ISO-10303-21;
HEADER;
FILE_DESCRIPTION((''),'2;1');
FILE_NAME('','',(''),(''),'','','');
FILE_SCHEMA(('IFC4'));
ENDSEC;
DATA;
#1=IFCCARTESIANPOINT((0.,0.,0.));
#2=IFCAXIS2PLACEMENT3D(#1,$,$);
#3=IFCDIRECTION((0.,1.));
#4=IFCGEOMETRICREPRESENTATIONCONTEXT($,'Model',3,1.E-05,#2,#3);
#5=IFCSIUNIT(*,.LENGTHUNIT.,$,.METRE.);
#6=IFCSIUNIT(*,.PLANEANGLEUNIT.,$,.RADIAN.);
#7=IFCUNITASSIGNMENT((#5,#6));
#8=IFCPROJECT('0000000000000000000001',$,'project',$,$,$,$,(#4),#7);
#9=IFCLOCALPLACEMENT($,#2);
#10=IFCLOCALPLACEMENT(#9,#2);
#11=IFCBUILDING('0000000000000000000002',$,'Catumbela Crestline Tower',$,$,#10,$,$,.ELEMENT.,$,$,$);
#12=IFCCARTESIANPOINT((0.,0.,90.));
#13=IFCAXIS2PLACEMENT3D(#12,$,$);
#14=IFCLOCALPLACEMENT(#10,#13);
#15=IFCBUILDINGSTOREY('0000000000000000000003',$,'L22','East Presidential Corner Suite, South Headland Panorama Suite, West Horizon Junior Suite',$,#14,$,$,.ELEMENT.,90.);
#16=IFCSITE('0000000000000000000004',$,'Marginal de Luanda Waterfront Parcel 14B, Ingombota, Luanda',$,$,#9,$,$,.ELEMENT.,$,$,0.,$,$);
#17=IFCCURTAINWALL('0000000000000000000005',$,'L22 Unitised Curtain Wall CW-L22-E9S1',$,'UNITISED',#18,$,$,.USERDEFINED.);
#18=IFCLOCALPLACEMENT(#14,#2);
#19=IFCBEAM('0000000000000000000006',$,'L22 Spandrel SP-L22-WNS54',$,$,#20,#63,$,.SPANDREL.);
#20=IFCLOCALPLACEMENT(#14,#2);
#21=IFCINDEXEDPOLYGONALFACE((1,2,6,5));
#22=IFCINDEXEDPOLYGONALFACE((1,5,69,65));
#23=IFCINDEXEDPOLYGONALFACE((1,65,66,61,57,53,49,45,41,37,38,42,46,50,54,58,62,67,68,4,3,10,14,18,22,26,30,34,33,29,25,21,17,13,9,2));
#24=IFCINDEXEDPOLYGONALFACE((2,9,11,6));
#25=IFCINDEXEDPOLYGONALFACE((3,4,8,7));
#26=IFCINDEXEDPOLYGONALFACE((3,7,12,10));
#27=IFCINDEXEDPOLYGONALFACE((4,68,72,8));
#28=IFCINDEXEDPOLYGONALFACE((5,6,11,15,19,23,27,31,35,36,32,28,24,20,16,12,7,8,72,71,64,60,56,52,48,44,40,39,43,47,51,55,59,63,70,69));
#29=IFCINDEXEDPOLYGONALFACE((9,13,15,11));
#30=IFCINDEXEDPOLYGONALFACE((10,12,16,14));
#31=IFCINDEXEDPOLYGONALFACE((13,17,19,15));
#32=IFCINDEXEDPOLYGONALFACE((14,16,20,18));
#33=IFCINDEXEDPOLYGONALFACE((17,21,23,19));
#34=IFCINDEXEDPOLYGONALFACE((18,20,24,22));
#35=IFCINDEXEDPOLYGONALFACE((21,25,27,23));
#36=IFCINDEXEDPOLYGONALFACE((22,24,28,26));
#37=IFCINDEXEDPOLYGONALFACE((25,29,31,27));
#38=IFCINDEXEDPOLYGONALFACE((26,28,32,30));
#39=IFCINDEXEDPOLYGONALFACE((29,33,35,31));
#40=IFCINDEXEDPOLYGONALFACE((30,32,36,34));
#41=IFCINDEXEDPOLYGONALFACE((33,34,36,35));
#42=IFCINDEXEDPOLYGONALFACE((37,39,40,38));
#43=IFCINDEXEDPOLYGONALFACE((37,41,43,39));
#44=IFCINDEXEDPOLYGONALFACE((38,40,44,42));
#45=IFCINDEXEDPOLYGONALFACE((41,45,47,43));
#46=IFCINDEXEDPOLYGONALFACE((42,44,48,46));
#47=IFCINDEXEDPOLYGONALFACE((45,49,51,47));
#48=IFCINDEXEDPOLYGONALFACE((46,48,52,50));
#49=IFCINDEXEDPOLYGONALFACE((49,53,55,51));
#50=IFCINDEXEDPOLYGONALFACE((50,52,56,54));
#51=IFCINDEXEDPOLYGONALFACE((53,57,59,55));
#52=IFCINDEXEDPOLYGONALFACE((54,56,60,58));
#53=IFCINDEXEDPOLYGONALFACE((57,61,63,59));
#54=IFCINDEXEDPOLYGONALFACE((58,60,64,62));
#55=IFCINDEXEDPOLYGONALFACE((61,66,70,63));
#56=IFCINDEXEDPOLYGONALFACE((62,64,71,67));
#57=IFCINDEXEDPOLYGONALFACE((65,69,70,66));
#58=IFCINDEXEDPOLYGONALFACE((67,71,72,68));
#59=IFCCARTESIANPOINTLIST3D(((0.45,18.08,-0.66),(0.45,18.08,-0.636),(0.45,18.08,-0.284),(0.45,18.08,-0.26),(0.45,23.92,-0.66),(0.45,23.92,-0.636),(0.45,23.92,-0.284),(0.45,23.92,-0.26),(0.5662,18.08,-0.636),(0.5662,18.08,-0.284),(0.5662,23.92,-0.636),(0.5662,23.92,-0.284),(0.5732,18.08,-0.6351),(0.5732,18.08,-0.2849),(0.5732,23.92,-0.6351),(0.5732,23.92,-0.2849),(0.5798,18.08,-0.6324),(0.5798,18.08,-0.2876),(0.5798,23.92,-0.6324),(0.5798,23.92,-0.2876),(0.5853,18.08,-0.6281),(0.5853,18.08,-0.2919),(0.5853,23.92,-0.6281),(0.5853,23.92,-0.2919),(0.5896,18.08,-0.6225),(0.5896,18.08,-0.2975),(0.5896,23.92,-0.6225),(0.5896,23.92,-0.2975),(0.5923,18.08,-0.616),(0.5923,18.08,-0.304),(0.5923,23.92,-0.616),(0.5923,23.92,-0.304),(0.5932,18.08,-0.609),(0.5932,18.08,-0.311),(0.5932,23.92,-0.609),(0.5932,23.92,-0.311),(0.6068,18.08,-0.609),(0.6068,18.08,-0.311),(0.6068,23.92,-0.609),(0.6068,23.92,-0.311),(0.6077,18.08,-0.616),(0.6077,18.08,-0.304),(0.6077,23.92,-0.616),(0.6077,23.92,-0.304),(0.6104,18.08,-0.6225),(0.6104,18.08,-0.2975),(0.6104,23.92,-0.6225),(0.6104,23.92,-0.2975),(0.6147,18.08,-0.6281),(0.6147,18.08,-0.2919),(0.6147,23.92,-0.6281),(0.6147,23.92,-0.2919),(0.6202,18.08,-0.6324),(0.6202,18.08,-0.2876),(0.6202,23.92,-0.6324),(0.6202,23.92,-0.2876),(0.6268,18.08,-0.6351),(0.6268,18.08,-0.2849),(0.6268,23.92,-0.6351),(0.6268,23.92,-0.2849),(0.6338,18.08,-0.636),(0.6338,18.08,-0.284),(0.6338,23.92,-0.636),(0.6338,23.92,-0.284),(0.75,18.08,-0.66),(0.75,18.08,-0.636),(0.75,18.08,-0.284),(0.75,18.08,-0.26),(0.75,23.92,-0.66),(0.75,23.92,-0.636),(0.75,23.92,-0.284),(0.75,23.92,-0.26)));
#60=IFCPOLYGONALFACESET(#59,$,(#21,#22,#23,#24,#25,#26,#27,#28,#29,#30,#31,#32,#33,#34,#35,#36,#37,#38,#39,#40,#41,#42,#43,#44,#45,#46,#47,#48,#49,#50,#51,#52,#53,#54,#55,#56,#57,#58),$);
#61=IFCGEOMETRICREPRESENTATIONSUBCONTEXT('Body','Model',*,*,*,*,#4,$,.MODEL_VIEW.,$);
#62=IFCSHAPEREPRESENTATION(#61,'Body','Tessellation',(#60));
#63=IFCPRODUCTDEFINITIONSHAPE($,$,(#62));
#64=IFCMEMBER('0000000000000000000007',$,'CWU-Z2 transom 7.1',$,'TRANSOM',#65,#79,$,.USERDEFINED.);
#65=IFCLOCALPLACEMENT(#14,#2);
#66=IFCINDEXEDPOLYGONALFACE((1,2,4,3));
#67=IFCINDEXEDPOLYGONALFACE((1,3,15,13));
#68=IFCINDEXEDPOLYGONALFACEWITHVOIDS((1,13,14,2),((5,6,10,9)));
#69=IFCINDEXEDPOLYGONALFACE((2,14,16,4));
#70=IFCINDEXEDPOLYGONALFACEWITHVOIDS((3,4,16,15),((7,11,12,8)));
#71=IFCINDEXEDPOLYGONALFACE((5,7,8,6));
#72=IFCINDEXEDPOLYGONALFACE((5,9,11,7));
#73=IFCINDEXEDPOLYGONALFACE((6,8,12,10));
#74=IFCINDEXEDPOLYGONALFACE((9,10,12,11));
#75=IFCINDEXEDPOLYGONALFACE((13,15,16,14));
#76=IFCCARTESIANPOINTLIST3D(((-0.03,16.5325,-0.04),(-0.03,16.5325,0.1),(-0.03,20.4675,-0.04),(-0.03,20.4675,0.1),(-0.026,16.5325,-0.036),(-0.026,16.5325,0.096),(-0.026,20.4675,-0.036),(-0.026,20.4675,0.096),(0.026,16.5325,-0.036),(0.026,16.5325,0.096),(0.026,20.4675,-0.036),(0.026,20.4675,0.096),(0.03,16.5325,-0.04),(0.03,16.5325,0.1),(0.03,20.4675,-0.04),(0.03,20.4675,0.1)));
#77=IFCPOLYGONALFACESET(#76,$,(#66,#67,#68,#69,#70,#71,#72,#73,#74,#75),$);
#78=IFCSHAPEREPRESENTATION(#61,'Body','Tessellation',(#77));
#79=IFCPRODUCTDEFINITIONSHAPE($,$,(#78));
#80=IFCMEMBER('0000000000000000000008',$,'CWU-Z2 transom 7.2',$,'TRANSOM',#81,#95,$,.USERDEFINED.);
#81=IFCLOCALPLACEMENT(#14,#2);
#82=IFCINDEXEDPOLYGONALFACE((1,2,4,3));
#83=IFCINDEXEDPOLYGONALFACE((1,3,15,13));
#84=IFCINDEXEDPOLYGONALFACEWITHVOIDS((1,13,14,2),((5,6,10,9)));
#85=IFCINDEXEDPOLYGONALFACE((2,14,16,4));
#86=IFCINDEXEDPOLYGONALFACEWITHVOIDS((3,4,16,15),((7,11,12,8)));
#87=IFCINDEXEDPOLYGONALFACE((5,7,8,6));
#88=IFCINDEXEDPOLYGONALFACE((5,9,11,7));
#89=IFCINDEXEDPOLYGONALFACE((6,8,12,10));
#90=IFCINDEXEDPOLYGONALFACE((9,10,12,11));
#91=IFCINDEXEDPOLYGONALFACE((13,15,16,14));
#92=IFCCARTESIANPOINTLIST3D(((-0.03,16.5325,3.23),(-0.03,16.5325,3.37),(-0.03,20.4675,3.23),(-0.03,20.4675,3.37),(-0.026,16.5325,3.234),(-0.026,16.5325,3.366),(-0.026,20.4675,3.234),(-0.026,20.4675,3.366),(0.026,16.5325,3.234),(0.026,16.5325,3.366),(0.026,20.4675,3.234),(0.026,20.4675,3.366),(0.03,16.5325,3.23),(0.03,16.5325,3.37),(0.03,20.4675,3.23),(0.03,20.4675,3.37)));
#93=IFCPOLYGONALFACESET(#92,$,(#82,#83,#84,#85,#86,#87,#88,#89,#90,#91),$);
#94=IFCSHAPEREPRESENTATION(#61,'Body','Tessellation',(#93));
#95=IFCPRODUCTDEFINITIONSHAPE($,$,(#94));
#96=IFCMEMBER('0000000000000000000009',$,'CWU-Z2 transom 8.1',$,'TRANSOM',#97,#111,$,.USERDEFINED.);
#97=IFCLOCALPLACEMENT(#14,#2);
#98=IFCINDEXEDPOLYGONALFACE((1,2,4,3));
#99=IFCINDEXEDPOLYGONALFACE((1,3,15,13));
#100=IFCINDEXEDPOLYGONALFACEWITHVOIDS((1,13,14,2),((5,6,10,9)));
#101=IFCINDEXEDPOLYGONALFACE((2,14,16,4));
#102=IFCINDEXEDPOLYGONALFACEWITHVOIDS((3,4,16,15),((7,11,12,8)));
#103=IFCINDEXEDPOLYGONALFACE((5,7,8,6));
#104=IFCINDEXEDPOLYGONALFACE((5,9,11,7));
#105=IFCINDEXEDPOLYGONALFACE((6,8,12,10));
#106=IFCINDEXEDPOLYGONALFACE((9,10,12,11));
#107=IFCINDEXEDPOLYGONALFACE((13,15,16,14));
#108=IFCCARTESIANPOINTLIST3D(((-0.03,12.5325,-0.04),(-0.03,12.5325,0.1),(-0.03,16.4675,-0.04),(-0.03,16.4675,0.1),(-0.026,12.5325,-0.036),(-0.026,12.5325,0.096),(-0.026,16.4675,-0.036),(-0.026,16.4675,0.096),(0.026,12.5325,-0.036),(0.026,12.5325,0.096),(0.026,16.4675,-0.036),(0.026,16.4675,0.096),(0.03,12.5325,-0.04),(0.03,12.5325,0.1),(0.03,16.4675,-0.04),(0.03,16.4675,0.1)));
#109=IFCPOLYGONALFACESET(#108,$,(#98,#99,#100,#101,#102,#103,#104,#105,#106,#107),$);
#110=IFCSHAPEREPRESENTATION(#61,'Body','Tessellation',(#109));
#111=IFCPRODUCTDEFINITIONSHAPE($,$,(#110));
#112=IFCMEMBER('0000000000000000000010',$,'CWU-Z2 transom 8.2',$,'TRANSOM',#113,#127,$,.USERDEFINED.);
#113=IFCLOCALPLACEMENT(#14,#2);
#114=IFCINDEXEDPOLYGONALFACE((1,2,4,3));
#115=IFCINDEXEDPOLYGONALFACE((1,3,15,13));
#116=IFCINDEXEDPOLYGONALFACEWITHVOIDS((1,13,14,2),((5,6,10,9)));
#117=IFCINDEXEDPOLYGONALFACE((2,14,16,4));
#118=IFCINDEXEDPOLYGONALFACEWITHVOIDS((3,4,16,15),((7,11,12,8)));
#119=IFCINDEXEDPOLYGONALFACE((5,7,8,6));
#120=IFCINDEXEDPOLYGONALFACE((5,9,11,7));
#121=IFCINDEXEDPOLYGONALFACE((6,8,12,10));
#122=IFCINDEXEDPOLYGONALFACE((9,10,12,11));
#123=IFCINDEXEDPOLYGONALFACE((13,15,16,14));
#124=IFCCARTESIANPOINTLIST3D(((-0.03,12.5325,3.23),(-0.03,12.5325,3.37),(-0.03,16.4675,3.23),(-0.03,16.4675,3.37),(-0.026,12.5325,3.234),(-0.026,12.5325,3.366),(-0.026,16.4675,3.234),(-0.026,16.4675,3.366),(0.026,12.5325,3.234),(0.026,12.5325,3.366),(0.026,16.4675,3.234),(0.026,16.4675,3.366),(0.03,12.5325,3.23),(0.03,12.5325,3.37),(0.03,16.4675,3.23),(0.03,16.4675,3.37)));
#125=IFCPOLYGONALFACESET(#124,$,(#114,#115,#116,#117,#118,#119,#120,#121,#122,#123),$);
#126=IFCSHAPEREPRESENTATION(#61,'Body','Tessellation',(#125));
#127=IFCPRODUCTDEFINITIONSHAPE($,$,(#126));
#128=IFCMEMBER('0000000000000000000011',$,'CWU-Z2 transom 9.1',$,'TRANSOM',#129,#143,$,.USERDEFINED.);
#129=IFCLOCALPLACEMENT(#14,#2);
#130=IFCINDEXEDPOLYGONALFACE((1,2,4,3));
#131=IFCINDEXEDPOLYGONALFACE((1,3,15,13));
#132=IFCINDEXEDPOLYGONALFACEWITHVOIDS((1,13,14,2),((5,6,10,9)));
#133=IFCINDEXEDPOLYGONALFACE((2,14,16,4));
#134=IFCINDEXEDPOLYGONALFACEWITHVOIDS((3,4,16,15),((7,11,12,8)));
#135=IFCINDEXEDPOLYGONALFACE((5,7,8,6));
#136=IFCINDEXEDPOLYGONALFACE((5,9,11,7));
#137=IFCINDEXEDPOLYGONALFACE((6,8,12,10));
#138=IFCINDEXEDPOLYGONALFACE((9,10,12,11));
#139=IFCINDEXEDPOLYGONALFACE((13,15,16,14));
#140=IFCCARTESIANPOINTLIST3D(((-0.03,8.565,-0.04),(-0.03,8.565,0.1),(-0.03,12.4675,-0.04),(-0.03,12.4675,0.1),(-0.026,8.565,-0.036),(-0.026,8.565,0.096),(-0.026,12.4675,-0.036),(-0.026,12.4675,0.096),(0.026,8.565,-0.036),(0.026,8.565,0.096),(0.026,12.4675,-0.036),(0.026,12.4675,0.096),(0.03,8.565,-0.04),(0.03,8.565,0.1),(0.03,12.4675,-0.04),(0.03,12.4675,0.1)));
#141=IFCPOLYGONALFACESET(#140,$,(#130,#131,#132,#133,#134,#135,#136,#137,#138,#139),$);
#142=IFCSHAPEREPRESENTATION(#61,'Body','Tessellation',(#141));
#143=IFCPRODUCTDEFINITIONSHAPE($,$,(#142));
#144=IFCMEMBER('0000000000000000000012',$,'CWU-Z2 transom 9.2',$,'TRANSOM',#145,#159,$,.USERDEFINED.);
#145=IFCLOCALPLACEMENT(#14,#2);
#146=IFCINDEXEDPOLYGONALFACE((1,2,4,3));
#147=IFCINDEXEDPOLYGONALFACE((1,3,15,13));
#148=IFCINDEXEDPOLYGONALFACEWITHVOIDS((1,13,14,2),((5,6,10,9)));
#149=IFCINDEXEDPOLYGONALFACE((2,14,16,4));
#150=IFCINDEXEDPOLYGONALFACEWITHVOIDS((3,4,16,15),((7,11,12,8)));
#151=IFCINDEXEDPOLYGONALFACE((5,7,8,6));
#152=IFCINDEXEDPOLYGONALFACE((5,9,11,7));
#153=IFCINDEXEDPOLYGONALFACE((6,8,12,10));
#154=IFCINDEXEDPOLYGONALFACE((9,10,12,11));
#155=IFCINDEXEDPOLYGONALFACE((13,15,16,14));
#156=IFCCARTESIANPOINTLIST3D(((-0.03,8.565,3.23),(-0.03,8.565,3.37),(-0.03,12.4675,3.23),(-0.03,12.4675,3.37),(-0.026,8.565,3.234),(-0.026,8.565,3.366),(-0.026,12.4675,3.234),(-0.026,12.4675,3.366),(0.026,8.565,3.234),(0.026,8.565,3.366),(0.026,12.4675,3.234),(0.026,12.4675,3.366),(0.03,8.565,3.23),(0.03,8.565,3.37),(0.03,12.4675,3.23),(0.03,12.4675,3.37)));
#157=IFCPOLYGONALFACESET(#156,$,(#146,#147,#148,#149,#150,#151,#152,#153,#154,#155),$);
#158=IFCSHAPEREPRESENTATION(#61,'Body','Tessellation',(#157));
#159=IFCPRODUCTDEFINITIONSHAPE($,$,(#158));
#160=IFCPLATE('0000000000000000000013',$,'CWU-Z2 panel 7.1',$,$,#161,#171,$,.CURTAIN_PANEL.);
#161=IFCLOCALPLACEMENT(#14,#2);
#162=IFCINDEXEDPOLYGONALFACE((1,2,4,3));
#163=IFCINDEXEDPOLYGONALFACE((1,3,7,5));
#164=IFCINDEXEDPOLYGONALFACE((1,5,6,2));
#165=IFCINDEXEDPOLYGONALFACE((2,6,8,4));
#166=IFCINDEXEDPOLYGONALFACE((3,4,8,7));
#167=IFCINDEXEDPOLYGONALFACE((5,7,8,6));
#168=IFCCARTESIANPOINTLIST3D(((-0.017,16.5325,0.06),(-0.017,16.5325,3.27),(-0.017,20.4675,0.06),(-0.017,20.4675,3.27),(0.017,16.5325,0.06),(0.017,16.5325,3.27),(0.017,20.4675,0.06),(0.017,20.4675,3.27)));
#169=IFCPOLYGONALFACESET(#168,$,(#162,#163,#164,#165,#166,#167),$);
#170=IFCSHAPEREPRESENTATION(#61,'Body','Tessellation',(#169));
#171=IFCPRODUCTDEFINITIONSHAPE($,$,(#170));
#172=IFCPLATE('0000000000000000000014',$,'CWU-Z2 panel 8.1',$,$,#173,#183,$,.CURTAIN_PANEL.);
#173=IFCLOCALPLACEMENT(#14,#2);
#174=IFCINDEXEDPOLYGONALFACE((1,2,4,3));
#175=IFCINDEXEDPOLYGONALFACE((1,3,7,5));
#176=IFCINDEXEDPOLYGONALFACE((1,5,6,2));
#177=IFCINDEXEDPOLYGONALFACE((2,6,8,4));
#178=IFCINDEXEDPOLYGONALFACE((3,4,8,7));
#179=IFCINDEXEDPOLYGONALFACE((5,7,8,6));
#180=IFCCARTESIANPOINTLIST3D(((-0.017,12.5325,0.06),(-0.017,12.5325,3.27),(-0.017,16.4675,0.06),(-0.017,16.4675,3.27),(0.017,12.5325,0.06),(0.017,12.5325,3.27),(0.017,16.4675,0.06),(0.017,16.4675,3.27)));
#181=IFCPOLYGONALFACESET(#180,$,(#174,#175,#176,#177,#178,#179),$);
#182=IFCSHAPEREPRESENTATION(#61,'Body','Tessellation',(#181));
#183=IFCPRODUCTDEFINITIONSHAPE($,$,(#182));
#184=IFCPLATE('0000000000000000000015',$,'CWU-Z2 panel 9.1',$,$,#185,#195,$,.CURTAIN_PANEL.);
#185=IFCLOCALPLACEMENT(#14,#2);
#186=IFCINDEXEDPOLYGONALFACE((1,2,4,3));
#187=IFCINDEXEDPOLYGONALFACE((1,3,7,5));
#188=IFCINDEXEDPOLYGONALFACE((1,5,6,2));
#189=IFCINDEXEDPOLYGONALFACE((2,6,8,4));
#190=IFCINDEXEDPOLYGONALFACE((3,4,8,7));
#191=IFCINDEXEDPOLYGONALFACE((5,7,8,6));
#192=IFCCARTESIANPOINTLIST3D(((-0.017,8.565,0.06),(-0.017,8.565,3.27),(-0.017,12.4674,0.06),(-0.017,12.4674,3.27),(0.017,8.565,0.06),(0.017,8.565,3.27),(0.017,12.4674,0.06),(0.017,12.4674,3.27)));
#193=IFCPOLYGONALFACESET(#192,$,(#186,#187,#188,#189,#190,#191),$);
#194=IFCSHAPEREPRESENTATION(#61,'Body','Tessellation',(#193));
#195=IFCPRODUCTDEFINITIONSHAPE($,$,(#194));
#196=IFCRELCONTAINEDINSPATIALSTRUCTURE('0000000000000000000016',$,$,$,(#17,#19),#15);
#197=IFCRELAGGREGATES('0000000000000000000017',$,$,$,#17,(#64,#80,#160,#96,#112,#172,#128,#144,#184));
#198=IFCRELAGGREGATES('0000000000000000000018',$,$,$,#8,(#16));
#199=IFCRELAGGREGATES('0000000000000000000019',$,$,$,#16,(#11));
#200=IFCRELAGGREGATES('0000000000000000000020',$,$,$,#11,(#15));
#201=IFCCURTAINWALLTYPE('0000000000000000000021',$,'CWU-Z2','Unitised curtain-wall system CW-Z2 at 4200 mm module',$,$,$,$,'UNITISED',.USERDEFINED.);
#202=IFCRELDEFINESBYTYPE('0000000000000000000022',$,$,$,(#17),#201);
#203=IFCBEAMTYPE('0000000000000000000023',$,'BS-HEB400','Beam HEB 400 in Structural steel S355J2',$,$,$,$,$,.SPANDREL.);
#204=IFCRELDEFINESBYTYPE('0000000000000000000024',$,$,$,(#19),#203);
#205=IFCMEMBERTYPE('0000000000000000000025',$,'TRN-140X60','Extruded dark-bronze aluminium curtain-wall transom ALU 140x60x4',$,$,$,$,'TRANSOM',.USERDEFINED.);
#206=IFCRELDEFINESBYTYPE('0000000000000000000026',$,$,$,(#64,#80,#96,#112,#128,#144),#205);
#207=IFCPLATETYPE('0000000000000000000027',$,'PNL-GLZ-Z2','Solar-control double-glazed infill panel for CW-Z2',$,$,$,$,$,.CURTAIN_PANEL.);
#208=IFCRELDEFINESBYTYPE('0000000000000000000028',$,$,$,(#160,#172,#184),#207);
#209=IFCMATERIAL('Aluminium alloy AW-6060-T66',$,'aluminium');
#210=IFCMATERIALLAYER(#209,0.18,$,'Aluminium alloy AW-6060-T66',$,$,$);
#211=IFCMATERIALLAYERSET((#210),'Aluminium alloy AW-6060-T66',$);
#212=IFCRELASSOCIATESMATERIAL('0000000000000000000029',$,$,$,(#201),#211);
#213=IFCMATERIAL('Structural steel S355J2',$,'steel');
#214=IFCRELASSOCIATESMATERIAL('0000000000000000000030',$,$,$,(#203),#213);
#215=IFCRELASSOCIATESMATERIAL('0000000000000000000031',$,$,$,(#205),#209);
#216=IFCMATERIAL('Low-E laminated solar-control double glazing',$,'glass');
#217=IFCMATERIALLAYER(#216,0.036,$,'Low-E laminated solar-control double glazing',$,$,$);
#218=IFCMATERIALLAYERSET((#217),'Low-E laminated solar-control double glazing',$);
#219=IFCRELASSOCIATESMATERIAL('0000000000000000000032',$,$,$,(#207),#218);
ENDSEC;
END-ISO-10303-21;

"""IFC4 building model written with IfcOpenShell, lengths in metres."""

from ifc_helpers import new_model, si_unit, direction, frame, origin, origin_2d, place, context, subcontext, project, spatial, rectangle, hollow_rectangle, i_section, extrude, material, layer, layer_set, material_profile, profile_set, type_object, element, aggregate, save


model = new_model("IFC4")

# Units and contexts
model_context = context("Model", 3, precision=1e-05, world=origin(), true_north=direction((0.0, 1.0)))
body_context = subcontext(model_context, "Body", "Model", "MODEL_VIEW")
ifc_project = project(units=[si_unit("LENGTHUNIT", "METRE"), si_unit("PLANEANGLEUNIT", "RADIAN")], contexts=[model_context])

# Site, building, storey
site_placement = place(None, origin())
site = spatial("IfcSite", under=ifc_project, at=site_placement, Name="Marginal de Luanda Waterfront Parcel 14B, Ingombota, Luanda", CompositionType="ELEMENT", RefElevation=0.0)
building_placement = place(site_placement, origin())
building = spatial("IfcBuilding", under=site, at=building_placement, Name="Catumbela Crestline Tower", CompositionType="ELEMENT")
storey_placement = place(building_placement, frame((0.0, 0.0, 90.0)))
storey = spatial("IfcBuildingStorey", under=building, at=storey_placement, Name="L22", Description="East Presidential Corner Suite, South Headland Panorama Suite, West Horizon Junior Suite", CompositionType="ELEMENT", Elevation=90.0)

# Shared definitions
ifc_material_1 = material(Name="Structural steel S355J2", Category="steel")

# Curtain wall
ifc_material_2 = material(Name="Aluminium alloy AW-6060-T66", Category="aluminium")
ifc_layer_1 = layer(ifc_material_2, 0.18, Name="Aluminium alloy AW-6060-T66")
ifc_layer_set_1 = layer_set([ifc_layer_1], Name="Aluminium alloy AW-6060-T66")
curtain_wall_type = type_object("IfcCurtainWallType", Name="CWU-Z2", Description="Unitised curtain-wall system CW-Z2 at 4200 mm module", ElementType="UNITISED", PredefinedType="USERDEFINED", material=ifc_layer_set_1)
curtain_wall_placement = place(storey_placement, origin())
curtain_wall = element("IfcCurtainWall", 1, at=curtain_wall_placement, inside=storey, type_object=curtain_wall_type, Name="L22 Unitised Curtain Wall CW-L22-E9S1", ObjectType="UNITISED", PredefinedType="USERDEFINED")

# Beam
ifc_material_profile_1 = material_profile(ifc_material_1, i_section(OverallWidth=0.3, OverallDepth=0.4, WebThickness=0.0135, FlangeThickness=0.024, FilletRadius=0.027, at=origin_2d()), Name="HEB 400")
ifc_profile_set_1 = profile_set([ifc_material_profile_1], Name="Structural steel S355J2")
beam_type_1 = type_object("IfcBeamType", Name="BS-HEB400", Description="Beam HEB 400 in Structural steel S355J2", PredefinedType="SPANDREL", material=ifc_profile_set_1)
beam_1_placement = place(storey_placement, frame((0.6, 18.08, -0.46), z_axis=(0.0, 1.0, 0.0), x_axis=(-1.0, 0.0, 0.0)))
element("IfcBeam", 2, at=beam_1_placement, inside=storey, type_object=beam_type_1, Name="L22 Spandrel SP-L22-WNS54", PredefinedType="SPANDREL", context=body_context, shape_type="SweptSolid", body=[
    extrude(i_section(OverallWidth=0.3, OverallDepth=0.4, WebThickness=0.0135, FlangeThickness=0.024, FilletRadius=0.027, at=origin_2d()), origin(), (0.0, 0.0, 1.0), 5.84),
])

# Members
ifc_material_profile_2 = material_profile(ifc_material_2, hollow_rectangle(XDim=0.06, YDim=0.14, WallThickness=0.004, at=origin_2d()), Name="ALU 140x60x4")
ifc_profile_set_2 = profile_set([ifc_material_profile_2], Name="Aluminium alloy AW-6060-T66")
member_type_1 = type_object("IfcMemberType", Name="TRN-140X60", Description="Extruded dark-bronze aluminium curtain-wall transom ALU 140x60x4", ElementType="TRANSOM", PredefinedType="USERDEFINED", material=ifc_profile_set_2)
member_1_placement = place(storey_placement, frame((0.0, 20.4675, 0.03), z_axis=(0.0, -1.0, 0.0), x_axis=(1.0, 0.0, 0.0)))
member_1 = element("IfcMember", 3, at=member_1_placement, type_object=member_type_1, Name="CWU-Z2 transom 7.1", ObjectType="TRANSOM", PredefinedType="USERDEFINED", context=body_context, shape_type="SweptSolid", body=[
    extrude(hollow_rectangle(XDim=0.06, YDim=0.14, WallThickness=0.004, at=origin_2d()), origin(), (0.0, 0.0, 1.0), 3.935),
])
member_2_placement = place(storey_placement, frame((0.0, 20.4675, 3.3), z_axis=(0.0, -1.0, 0.0), x_axis=(1.0, 0.0, 0.0)))
member_2 = element("IfcMember", 4, at=member_2_placement, type_object=member_type_1, Name="CWU-Z2 transom 7.2", ObjectType="TRANSOM", PredefinedType="USERDEFINED", context=body_context, shape_type="SweptSolid", body=[
    extrude(hollow_rectangle(XDim=0.06, YDim=0.14, WallThickness=0.004, at=origin_2d()), origin(), (0.0, 0.0, 1.0), 3.935),
])
member_3_placement = place(storey_placement, frame((0.0, 16.4675, 0.03), z_axis=(0.0, -1.0, 0.0), x_axis=(1.0, 0.0, 0.0)))
member_3 = element("IfcMember", 5, at=member_3_placement, type_object=member_type_1, Name="CWU-Z2 transom 8.1", ObjectType="TRANSOM", PredefinedType="USERDEFINED", context=body_context, shape_type="SweptSolid", body=[
    extrude(hollow_rectangle(XDim=0.06, YDim=0.14, WallThickness=0.004, at=origin_2d()), origin(), (0.0, 0.0, 1.0), 3.935),
])
member_4_placement = place(storey_placement, frame((0.0, 16.4675, 3.3), z_axis=(0.0, -1.0, 0.0), x_axis=(1.0, 0.0, 0.0)))
member_4 = element("IfcMember", 6, at=member_4_placement, type_object=member_type_1, Name="CWU-Z2 transom 8.2", ObjectType="TRANSOM", PredefinedType="USERDEFINED", context=body_context, shape_type="SweptSolid", body=[
    extrude(hollow_rectangle(XDim=0.06, YDim=0.14, WallThickness=0.004, at=origin_2d()), origin(), (0.0, 0.0, 1.0), 3.935),
])
member_5_placement = place(storey_placement, frame((0.0, 12.4675, 0.03), z_axis=(0.0, -1.0, 0.0), x_axis=(1.0, 0.0, 0.0)))
member_5 = element("IfcMember", 7, at=member_5_placement, type_object=member_type_1, Name="CWU-Z2 transom 9.1", ObjectType="TRANSOM", PredefinedType="USERDEFINED", context=body_context, shape_type="SweptSolid", body=[
    extrude(hollow_rectangle(XDim=0.06, YDim=0.14, WallThickness=0.004, at=origin_2d()), origin(), (0.0, 0.0, 1.0), 3.9025),
])
member_6_placement = place(storey_placement, frame((0.0, 12.4675, 3.3), z_axis=(0.0, -1.0, 0.0), x_axis=(1.0, 0.0, 0.0)))
member_6 = element("IfcMember", 8, at=member_6_placement, type_object=member_type_1, Name="CWU-Z2 transom 9.2", ObjectType="TRANSOM", PredefinedType="USERDEFINED", context=body_context, shape_type="SweptSolid", body=[
    extrude(hollow_rectangle(XDim=0.06, YDim=0.14, WallThickness=0.004, at=origin_2d()), origin(), (0.0, 0.0, 1.0), 3.9025),
])

# Plates
ifc_material_3 = material(Name="Low-E laminated solar-control double glazing", Category="glass")
ifc_layer_2 = layer(ifc_material_3, 0.036, Name="Low-E laminated solar-control double glazing")
ifc_layer_set_2 = layer_set([ifc_layer_2], Name="Low-E laminated solar-control double glazing")
plate_type = type_object("IfcPlateType", Name="PNL-GLZ-Z2", Description="Solar-control double-glazed infill panel for CW-Z2", PredefinedType="CURTAIN_PANEL", material=ifc_layer_set_2)
plate_1_placement = place(storey_placement, frame((0.0, 18.5, 0.06), z_axis=(0.0, 0.0, 1.0), x_axis=(0.0, -1.0, 0.0)))
plate_1 = element("IfcPlate", 9, at=plate_1_placement, type_object=plate_type, Name="CWU-Z2 panel 7.1", PredefinedType="CURTAIN_PANEL", context=body_context, shape_type="SweptSolid", body=[
    extrude(rectangle(XDim=3.935, YDim=0.034, at=origin_2d()), origin(), (0.0, 0.0, 1.0), 3.21),
])
plate_2_placement = place(storey_placement, frame((0.0, 14.5, 0.06), z_axis=(0.0, 0.0, 1.0), x_axis=(0.0, -1.0, 0.0)))
plate_2 = element("IfcPlate", 10, at=plate_2_placement, type_object=plate_type, Name="CWU-Z2 panel 8.1", PredefinedType="CURTAIN_PANEL", context=body_context, shape_type="SweptSolid", body=[
    extrude(rectangle(XDim=3.935, YDim=0.034, at=origin_2d()), origin(), (0.0, 0.0, 1.0), 3.21),
])
plate_3_placement = place(storey_placement, frame((0.0, 10.5162, 0.06), z_axis=(0.0, 0.0, 1.0), x_axis=(0.0, -1.0, 0.0)))
plate_3 = element("IfcPlate", 11, at=plate_3_placement, type_object=plate_type, Name="CWU-Z2 panel 9.1", PredefinedType="CURTAIN_PANEL", context=body_context, shape_type="SweptSolid", body=[
    extrude(rectangle(XDim=3.9025, YDim=0.034, at=origin_2d()), origin(), (0.0, 0.0, 1.0), 3.21),
])
aggregate(curtain_wall, [member_1, member_2, plate_1, member_3, member_4, plate_2, member_5, member_6, plate_3])

save(model, "model.ifc")
